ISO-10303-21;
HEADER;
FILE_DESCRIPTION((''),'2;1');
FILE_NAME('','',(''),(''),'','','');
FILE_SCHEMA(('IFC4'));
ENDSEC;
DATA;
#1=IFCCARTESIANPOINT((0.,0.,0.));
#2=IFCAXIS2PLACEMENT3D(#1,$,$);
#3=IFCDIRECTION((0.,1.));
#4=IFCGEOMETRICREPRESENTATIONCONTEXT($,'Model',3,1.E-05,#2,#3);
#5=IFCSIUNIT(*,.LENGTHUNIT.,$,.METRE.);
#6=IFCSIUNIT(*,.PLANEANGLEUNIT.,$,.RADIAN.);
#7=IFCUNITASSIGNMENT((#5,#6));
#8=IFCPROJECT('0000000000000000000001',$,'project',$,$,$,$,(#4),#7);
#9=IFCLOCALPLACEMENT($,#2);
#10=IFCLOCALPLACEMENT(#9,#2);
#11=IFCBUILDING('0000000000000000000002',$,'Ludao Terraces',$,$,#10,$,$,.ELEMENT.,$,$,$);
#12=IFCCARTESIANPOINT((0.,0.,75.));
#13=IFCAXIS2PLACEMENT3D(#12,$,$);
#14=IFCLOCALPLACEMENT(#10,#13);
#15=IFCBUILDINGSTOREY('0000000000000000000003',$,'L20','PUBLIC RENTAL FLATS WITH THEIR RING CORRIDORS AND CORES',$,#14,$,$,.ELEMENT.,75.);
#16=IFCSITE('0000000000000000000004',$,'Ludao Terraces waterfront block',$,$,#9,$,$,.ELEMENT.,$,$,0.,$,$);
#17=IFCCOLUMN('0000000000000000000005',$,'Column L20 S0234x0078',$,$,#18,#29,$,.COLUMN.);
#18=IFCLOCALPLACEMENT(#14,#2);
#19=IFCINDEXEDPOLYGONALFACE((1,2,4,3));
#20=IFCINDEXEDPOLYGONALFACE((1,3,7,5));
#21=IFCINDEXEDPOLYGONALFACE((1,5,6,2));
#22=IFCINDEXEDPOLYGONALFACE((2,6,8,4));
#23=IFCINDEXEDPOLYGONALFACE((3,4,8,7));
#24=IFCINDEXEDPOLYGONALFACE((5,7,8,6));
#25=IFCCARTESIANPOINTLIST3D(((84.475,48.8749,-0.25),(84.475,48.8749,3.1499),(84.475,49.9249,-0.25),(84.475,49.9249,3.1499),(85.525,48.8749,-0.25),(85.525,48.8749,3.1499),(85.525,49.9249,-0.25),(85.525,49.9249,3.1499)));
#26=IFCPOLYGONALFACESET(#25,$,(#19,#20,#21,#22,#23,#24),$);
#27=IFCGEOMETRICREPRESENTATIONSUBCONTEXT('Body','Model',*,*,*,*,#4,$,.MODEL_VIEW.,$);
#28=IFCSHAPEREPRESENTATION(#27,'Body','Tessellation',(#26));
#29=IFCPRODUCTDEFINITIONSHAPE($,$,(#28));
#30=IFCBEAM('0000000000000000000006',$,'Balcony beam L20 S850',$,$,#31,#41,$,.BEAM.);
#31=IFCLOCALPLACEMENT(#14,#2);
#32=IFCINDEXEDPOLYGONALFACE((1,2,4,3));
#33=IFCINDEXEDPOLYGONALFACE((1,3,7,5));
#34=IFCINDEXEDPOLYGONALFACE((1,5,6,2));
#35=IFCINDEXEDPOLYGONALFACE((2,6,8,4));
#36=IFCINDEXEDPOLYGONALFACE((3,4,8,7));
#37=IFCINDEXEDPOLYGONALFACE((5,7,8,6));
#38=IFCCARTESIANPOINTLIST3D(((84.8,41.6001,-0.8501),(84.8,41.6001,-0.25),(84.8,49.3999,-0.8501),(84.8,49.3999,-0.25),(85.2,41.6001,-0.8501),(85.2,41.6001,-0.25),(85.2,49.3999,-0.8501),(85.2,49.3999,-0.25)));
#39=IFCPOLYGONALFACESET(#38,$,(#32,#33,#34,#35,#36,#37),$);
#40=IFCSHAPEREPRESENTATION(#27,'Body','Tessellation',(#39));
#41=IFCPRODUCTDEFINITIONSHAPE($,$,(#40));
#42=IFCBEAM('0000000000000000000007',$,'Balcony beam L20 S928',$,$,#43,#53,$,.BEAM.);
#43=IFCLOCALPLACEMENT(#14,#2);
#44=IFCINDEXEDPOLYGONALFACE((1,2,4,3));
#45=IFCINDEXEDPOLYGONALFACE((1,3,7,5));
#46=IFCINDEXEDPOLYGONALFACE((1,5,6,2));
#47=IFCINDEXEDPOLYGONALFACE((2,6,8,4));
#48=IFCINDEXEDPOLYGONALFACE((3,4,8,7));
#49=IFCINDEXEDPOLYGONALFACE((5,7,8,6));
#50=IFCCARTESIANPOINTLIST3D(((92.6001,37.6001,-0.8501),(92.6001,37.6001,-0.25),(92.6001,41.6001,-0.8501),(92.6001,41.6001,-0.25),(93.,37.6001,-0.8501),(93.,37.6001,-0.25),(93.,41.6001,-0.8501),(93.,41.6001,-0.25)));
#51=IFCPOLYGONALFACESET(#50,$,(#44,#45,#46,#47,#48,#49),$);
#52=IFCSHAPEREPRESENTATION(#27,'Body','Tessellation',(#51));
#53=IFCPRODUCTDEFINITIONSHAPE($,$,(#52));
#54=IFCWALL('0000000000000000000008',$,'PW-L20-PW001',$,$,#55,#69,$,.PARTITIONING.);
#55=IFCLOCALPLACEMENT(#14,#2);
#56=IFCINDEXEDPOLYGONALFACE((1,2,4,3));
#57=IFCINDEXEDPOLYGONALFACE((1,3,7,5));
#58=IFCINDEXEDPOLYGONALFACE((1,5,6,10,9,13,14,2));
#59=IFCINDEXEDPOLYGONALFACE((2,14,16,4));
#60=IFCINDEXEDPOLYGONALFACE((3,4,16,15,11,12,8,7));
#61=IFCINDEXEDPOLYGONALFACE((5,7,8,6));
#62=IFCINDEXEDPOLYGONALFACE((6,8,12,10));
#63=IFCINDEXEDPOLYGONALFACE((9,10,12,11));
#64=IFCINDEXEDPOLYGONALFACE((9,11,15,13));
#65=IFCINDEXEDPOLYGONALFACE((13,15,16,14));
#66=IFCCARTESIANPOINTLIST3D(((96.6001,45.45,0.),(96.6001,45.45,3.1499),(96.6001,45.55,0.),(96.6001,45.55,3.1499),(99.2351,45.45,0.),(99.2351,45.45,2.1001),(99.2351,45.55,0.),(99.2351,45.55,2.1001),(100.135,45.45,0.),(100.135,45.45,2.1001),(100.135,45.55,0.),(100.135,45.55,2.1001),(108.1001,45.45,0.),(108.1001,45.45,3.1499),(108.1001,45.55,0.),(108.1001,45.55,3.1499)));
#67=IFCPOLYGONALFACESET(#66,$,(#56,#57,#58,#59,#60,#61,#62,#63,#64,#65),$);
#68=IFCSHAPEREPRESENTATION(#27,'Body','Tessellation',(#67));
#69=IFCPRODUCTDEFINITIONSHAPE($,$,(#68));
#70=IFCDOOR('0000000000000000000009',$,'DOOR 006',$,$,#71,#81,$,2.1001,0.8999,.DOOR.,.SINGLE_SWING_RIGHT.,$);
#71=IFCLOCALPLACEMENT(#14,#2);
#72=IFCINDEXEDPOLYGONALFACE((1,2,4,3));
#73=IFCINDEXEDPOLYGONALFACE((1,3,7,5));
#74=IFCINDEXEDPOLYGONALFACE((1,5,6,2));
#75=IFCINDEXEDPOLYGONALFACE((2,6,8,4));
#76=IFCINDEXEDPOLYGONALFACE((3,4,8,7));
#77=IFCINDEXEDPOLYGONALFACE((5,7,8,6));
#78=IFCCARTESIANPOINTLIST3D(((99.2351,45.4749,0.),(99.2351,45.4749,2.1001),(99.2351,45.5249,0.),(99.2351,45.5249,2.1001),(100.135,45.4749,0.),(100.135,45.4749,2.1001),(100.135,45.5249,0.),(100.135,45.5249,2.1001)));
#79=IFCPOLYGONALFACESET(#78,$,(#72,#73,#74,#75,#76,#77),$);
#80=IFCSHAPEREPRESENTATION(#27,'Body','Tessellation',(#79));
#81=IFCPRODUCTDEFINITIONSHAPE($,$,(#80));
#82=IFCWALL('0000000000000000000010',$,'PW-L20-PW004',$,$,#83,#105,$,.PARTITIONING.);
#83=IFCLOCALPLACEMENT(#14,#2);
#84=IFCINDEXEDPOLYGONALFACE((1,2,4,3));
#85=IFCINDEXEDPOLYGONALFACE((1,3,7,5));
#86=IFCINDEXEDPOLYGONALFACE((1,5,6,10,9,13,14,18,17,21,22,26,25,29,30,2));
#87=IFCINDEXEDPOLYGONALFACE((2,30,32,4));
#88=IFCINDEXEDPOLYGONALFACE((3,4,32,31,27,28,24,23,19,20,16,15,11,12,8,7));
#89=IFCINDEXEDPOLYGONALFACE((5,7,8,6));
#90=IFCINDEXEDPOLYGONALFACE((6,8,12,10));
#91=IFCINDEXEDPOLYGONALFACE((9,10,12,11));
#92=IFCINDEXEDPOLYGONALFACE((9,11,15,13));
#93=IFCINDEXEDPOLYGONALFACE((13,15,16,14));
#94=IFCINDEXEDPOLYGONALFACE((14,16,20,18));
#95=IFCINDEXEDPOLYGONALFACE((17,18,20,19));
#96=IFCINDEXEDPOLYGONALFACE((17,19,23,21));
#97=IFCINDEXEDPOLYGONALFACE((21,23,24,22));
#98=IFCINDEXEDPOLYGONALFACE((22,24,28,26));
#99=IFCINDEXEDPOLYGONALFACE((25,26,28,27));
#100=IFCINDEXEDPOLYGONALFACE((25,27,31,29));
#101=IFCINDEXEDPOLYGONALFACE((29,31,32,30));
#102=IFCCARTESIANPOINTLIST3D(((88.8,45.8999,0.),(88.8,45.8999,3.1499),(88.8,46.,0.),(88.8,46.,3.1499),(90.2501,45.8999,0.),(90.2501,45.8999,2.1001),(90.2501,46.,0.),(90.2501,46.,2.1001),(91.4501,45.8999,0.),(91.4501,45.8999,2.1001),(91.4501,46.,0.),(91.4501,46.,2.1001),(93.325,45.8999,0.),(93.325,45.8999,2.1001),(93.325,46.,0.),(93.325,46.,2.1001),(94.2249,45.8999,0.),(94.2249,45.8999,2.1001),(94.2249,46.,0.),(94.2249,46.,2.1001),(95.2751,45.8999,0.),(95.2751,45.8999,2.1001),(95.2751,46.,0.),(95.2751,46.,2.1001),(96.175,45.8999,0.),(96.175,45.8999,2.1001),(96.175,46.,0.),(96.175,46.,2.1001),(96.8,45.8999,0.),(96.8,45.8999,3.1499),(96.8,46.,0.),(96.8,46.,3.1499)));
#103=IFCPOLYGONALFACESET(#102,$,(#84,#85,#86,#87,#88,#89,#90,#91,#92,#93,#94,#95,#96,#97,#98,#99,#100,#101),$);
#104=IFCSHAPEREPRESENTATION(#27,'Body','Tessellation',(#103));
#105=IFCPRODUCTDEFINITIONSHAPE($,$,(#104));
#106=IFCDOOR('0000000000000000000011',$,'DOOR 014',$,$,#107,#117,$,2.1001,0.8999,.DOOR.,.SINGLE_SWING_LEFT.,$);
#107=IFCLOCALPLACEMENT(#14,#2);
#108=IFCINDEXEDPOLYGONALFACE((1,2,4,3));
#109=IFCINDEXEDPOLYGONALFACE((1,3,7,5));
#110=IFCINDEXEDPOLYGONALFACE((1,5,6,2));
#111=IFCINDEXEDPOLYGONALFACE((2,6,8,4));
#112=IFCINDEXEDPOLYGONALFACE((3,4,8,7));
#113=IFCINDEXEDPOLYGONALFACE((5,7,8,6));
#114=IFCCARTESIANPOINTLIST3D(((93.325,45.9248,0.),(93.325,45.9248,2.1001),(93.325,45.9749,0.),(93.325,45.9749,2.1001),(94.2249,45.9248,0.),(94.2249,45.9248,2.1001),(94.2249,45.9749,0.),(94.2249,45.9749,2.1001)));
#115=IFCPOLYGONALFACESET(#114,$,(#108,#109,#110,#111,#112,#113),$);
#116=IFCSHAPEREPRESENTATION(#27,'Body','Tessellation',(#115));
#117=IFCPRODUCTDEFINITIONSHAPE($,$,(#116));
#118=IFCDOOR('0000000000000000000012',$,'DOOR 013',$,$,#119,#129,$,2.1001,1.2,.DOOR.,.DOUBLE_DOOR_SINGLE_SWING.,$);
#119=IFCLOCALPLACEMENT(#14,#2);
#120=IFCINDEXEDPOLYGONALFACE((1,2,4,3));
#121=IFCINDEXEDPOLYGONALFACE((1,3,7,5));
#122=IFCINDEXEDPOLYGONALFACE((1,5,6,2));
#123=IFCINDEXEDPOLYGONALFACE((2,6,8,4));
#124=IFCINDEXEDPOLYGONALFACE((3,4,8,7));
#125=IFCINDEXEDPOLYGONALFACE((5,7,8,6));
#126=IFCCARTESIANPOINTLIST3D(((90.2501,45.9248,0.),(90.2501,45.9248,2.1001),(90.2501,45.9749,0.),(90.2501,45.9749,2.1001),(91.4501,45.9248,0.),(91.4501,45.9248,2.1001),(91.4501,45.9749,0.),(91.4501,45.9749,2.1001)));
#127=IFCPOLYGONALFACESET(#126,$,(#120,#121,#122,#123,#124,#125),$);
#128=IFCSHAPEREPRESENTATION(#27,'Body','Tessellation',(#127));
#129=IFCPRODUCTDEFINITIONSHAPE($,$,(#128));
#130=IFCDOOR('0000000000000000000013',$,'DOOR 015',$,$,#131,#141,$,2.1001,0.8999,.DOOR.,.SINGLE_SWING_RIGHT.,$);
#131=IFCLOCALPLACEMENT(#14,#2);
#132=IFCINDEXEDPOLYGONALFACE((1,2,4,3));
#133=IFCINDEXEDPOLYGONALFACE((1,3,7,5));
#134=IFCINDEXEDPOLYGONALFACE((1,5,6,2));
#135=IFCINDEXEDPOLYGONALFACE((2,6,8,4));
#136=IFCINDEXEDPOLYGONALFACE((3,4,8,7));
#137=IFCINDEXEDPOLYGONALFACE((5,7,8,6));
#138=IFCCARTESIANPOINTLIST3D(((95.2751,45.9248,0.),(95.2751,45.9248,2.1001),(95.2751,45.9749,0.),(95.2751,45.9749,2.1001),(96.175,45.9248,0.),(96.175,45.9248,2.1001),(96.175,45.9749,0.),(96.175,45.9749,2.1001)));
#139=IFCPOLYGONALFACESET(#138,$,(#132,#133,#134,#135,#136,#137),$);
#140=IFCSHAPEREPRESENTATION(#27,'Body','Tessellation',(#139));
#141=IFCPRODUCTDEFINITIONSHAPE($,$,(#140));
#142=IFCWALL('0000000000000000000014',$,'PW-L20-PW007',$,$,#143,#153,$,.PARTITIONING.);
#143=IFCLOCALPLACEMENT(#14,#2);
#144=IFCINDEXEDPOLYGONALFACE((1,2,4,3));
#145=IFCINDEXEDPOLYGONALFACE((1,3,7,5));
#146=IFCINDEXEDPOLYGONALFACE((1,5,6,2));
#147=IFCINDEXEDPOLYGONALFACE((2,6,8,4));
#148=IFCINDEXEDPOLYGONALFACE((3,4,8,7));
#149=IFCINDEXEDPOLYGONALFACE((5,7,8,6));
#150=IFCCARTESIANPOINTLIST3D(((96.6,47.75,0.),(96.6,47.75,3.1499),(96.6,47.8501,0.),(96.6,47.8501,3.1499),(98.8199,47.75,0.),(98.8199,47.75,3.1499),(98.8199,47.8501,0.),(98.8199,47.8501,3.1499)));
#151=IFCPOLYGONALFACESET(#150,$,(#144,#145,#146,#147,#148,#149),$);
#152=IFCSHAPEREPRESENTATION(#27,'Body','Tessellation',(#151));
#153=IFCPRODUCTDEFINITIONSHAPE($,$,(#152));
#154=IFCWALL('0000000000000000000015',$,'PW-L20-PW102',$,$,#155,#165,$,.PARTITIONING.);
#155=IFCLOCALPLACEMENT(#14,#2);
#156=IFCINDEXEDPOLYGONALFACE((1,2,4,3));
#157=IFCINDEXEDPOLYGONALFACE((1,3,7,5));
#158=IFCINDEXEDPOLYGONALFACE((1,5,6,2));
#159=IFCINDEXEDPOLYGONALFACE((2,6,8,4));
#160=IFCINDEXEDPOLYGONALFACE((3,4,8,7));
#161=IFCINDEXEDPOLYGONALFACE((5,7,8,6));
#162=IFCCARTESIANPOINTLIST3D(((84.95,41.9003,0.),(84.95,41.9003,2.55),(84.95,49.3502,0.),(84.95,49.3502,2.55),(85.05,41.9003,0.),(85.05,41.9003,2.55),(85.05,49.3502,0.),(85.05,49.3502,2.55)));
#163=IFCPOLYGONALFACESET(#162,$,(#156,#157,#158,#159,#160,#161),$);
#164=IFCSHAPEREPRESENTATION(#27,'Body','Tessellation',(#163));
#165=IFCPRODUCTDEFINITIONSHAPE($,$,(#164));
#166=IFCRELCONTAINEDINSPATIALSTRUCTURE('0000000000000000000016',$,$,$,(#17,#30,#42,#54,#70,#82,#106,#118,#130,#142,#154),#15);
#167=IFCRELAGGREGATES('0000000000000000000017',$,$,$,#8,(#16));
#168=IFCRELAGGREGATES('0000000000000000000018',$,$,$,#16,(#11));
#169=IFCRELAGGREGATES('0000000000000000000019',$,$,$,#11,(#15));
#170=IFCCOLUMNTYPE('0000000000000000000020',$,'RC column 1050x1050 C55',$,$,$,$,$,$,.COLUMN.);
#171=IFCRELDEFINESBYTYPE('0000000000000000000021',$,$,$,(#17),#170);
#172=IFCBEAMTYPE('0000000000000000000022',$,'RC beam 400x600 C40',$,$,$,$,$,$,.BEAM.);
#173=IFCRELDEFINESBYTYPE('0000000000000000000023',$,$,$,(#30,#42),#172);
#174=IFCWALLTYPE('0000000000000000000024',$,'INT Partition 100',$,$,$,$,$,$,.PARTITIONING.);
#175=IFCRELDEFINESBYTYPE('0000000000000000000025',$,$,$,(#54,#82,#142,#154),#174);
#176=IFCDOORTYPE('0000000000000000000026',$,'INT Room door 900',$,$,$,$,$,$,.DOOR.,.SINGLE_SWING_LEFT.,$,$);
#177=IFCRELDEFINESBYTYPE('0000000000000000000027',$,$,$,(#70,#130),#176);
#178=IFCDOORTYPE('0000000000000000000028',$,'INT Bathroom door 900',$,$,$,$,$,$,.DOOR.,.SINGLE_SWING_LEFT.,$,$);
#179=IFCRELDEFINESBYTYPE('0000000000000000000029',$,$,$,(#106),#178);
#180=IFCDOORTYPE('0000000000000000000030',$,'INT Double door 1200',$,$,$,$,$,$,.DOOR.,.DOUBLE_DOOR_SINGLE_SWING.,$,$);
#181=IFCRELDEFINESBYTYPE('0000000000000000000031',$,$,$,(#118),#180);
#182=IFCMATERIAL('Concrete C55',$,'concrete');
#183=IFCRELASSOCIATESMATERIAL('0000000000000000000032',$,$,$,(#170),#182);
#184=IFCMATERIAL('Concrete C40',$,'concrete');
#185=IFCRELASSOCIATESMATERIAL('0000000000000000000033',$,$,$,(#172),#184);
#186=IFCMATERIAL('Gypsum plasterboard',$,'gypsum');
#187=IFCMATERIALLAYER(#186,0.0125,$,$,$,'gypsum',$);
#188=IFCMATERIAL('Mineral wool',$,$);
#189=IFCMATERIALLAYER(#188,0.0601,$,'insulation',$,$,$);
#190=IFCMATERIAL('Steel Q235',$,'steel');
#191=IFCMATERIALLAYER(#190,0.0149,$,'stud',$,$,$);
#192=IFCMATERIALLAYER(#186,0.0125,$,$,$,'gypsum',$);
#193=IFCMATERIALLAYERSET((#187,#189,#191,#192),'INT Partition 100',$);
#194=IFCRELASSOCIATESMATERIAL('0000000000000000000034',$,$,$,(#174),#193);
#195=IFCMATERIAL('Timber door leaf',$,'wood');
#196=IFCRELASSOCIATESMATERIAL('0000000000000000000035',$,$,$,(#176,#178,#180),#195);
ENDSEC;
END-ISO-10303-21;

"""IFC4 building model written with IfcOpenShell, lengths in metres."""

from ifc_helpers import new_model, si_unit, direction, frame, frame_2d, origin, origin_2d, place, context, subcontext, project, spatial, rectangle, extrude, material, layer, layer_set, material_profile, profile_set, type_object, element, fill, save


model = new_model("IFC4")

# Units and contexts
model_context = context("Model", 3, precision=1e-05, world=origin(), true_north=direction((0.0, 1.0)))
body_context = subcontext(model_context, "Body", "Model", "MODEL_VIEW")
ifc_project = project(units=[si_unit("LENGTHUNIT", "METRE"), si_unit("PLANEANGLEUNIT", "RADIAN")], contexts=[model_context])

# Site, building, storey
site_placement = place(None, origin())
site = spatial("IfcSite", under=ifc_project, at=site_placement, Name="Ludao Terraces waterfront block", CompositionType="ELEMENT", RefElevation=0.0)
building_placement = place(site_placement, origin())
building = spatial("IfcBuilding", under=site, at=building_placement, Name="Ludao Terraces", CompositionType="ELEMENT")
storey_placement = place(building_placement, frame((0.0, 0.0, 75.0)))
storey = spatial("IfcBuildingStorey", under=building, at=storey_placement, Name="L20", Description="PUBLIC RENTAL FLATS WITH THEIR RING CORRIDORS AND CORES", CompositionType="ELEMENT", Elevation=75.0)

# Column
ifc_material_1 = material(Name="Concrete C55", Category="concrete")
ifc_material_profile_1 = material_profile(ifc_material_1, rectangle(XDim=1.05, YDim=1.05, at=origin_2d()), Name="1050 X 1050")
ifc_profile_set_1 = profile_set([ifc_material_profile_1], Name="Concrete C55")
column_type = type_object("IfcColumnType", Name="RC column 1050x1050 C55", PredefinedType="COLUMN", material=ifc_profile_set_1)
column_placement = place(storey_placement, frame((85.0, 49.3999, -0.25), z_axis=(0.0, 0.0, 1.0), x_axis=(1.0, 0.0, 0.0)))
element("IfcColumn", 1, at=column_placement, inside=storey, type_object=column_type, Name="Column L20 S0234x0078", PredefinedType="COLUMN", context=body_context, shape_type="SweptSolid", body=[
    extrude(rectangle(XDim=1.05, YDim=1.05, at=origin_2d()), origin(), (0.0, 0.0, 1.0), 3.3999),
])

# Beams
ifc_material_2 = material(Name="Concrete C40", Category="concrete")
ifc_material_profile_2 = material_profile(ifc_material_2, rectangle(XDim=0.3999, YDim=0.6001, at=origin_2d()), Name="400 X 600")
ifc_profile_set_2 = profile_set([ifc_material_profile_2], Name="Concrete C40")
beam_type = type_object("IfcBeamType", Name="RC beam 400x600 C40", PredefinedType="BEAM", material=ifc_profile_set_2)
beam_1_placement = place(storey_placement, frame((85.0, 49.3999, -0.55), z_axis=(0.0, -1.0, 0.0), x_axis=(1.0, 0.0, 0.0)))
element("IfcBeam", 2, at=beam_1_placement, inside=storey, type_object=beam_type, Name="Balcony beam L20 S850", PredefinedType="BEAM", context=body_context, shape_type="SweptSolid", body=[
    extrude(rectangle(XDim=0.3999, YDim=0.6001, at=origin_2d()), origin(), (0.0, 0.0, 1.0), 7.7998),
])
beam_2_placement = place(storey_placement, frame((92.8, 41.6001, -0.55), z_axis=(0.0, -1.0, 0.0), x_axis=(1.0, 0.0, 0.0)))
element("IfcBeam", 3, at=beam_2_placement, inside=storey, type_object=beam_type, Name="Balcony beam L20 S928", PredefinedType="BEAM", context=body_context, shape_type="SweptSolid", body=[
    extrude(rectangle(XDim=0.3999, YDim=0.6001, at=origin_2d()), origin(), (0.0, 0.0, 1.0), 4.0),
])

# Shared definitions
ifc_material_3 = material(Name="Mineral wool")

# Wall, opening, door
ifc_material_4 = material(Name="Gypsum plasterboard", Category="gypsum")
ifc_layer_1 = layer(ifc_material_4, 0.0125, Category="gypsum")
ifc_layer_2 = layer(ifc_material_3, 0.0601, Name="insulation")
ifc_material_5 = material(Name="Steel Q235", Category="steel")
ifc_layer_3 = layer(ifc_material_5, 0.0149, Name="stud")
ifc_layer_4 = layer(ifc_material_4, 0.0125, Category="gypsum")
ifc_layer_set_1 = layer_set([ifc_layer_1, ifc_layer_2, ifc_layer_3, ifc_layer_4], Name="INT Partition 100")
wall_type_1 = type_object("IfcWallType", Name="INT Partition 100", PredefinedType="PARTITIONING", material=ifc_layer_set_1)
wall_1_placement = place(storey_placement, frame((96.6001, 45.5, 0.0), z_axis=(0.0, 0.0, 1.0), x_axis=(1.0, 0.0, 0.0)))
wall_1 = element("IfcWall", 4, at=wall_1_placement, inside=storey, type_object=wall_type_1, Name="PW-L20-PW001", PredefinedType="PARTITIONING", context=body_context, shape_type="SweptSolid", body=[
    extrude(rectangle(XDim=11.5, YDim=0.1001, at=frame_2d((5.75, 0.0))), origin(), (0.0, 0.0, 1.0), 3.1499),
])
opening_1_placement = place(wall_1_placement, frame((2.635, 0.0, 0.0)))
opening_1 = element("IfcOpeningElement", 5, at=opening_1_placement, cuts=wall_1, PredefinedType="OPENING", context=body_context, shape_type="SweptSolid", body=[
    extrude(rectangle(XDim=0.8999, YDim=2.1001, at=frame_2d((0.45, 1.05))), frame((0.0, 0.0601, 0.0), z_axis=(0.0, -1.0, 0.0), x_axis=(1.0, 0.0, 0.0)), (0.0, 0.0, 1.0), 0.1201),
])
ifc_material_6 = material(Name="Timber door leaf", Category="wood")
door_type_1 = type_object("IfcDoorType", Name="INT Room door 900", OperationType="SINGLE_SWING_LEFT", PredefinedType="DOOR", material=ifc_material_6)
door_1_placement = place(opening_1_placement, origin())
door_1 = element("IfcDoor", 6, at=door_1_placement, inside=storey, type_object=door_type_1, Name="DOOR 006", OperationType="SINGLE_SWING_RIGHT", OverallHeight=2.1001, OverallWidth=0.8999, PredefinedType="DOOR", context=body_context, shape_type="SweptSolid", body=[
    extrude(rectangle(XDim=0.8999, YDim=2.1001, at=frame_2d((0.45, 1.05))), frame((0.0, 0.0249, 0.0), z_axis=(0.0, -1.0, 0.0), x_axis=(1.0, 0.0, 0.0)), (0.0, 0.0, 1.0), 0.05),
])
fill(opening_1, door_1)

# Wall, openings, doors
wall_2_placement = place(storey_placement, frame((88.8, 45.95, 0.0), z_axis=(0.0, 0.0, 1.0), x_axis=(1.0, 0.0, 0.0)))
wall_2 = element("IfcWall", 7, at=wall_2_placement, inside=storey, type_object=wall_type_1, Name="PW-L20-PW004", PredefinedType="PARTITIONING", context=body_context, shape_type="SweptSolid", body=[
    extrude(rectangle(XDim=8.0, YDim=0.1001, at=frame_2d((4.0, 0.0))), origin(), (0.0, 0.0, 1.0), 3.1499),
])
opening_2_placement = place(wall_2_placement, frame((1.45, 0.0, 0.0)))
opening_2 = element("IfcOpeningElement", 8, at=opening_2_placement, cuts=wall_2, PredefinedType="OPENING", context=body_context, shape_type="SweptSolid", body=[
    extrude(rectangle(XDim=1.2, YDim=2.1001, at=frame_2d((0.6001, 1.05))), frame((0.0, 0.0601, 0.0), z_axis=(0.0, -1.0, 0.0), x_axis=(1.0, 0.0, 0.0)), (0.0, 0.0, 1.0), 0.1201),
])
opening_3_placement = place(wall_2_placement, frame((4.5249, 0.0, 0.0)))
opening_3 = element("IfcOpeningElement", 9, at=opening_3_placement, cuts=wall_2, PredefinedType="OPENING", context=body_context, shape_type="SweptSolid", body=[
    extrude(rectangle(XDim=0.8999, YDim=2.1001, at=frame_2d((0.45, 1.05))), frame((0.0, 0.0601, 0.0), z_axis=(0.0, -1.0, 0.0), x_axis=(1.0, 0.0, 0.0)), (0.0, 0.0, 1.0), 0.1201),
])
opening_4_placement = place(wall_2_placement, frame((6.4751, 0.0, 0.0)))
opening_4 = element("IfcOpeningElement", 10, at=opening_4_placement, cuts=wall_2, PredefinedType="OPENING", context=body_context, shape_type="SweptSolid", body=[
    extrude(rectangle(XDim=0.8999, YDim=2.1001, at=frame_2d((0.45, 1.05))), frame((0.0, 0.0601, 0.0), z_axis=(0.0, -1.0, 0.0), x_axis=(1.0, 0.0, 0.0)), (0.0, 0.0, 1.0), 0.1201),
])
door_type_2 = type_object("IfcDoorType", Name="INT Bathroom door 900", OperationType="SINGLE_SWING_LEFT", PredefinedType="DOOR", material=ifc_material_6)
door_2_placement = place(opening_3_placement, origin())
door_2 = element("IfcDoor", 11, at=door_2_placement, inside=storey, type_object=door_type_2, Name="DOOR 014", OperationType="SINGLE_SWING_LEFT", OverallHeight=2.1001, OverallWidth=0.8999, PredefinedType="DOOR", context=body_context, shape_type="SweptSolid", body=[
    extrude(rectangle(XDim=0.8999, YDim=2.1001, at=frame_2d((0.45, 1.05))), frame((0.0, 0.0249, 0.0), z_axis=(0.0, -1.0, 0.0), x_axis=(1.0, 0.0, 0.0)), (0.0, 0.0, 1.0), 0.05),
])
fill(opening_3, door_2)
door_type_3 = type_object("IfcDoorType", Name="INT Double door 1200", OperationType="DOUBLE_DOOR_SINGLE_SWING", PredefinedType="DOOR", material=ifc_material_6)
door_3_placement = place(opening_2_placement, origin())
door_3 = element("IfcDoor", 12, at=door_3_placement, inside=storey, type_object=door_type_3, Name="DOOR 013", OperationType="DOUBLE_DOOR_SINGLE_SWING", OverallHeight=2.1001, OverallWidth=1.2, PredefinedType="DOOR", context=body_context, shape_type="SweptSolid", body=[
    extrude(rectangle(XDim=1.2, YDim=2.1001, at=frame_2d((0.6001, 1.05))), frame((0.0, 0.0249, 0.0), z_axis=(0.0, -1.0, 0.0), x_axis=(1.0, 0.0, 0.0)), (0.0, 0.0, 1.0), 0.05),
])
fill(opening_2, door_3)
door_4_placement = place(opening_4_placement, origin())
door_4 = element("IfcDoor", 13, at=door_4_placement, inside=storey, type_object=door_type_1, Name="DOOR 015", OperationType="SINGLE_SWING_RIGHT", OverallHeight=2.1001, OverallWidth=0.8999, PredefinedType="DOOR", context=body_context, shape_type="SweptSolid", body=[
    extrude(rectangle(XDim=0.8999, YDim=2.1001, at=frame_2d((0.45, 1.05))), frame((0.0, 0.0249, 0.0), z_axis=(0.0, -1.0, 0.0), x_axis=(1.0, 0.0, 0.0)), (0.0, 0.0, 1.0), 0.05),
])
fill(opening_4, door_4)

# Walls
wall_3_placement = place(storey_placement, frame((96.6001, 47.8, 0.0), z_axis=(0.0, 0.0, 1.0), x_axis=(1.0, 0.0, 0.0)))
element("IfcWall", 14, at=wall_3_placement, inside=storey, type_object=wall_type_1, Name="PW-L20-PW007", PredefinedType="PARTITIONING", context=body_context, shape_type="SweptSolid", body=[
    extrude(rectangle(XDim=2.22, YDim=0.1001, at=frame_2d((1.1099, 0.0))), origin(), (0.0, 0.0, 1.0), 3.1499),
])
wall_4_placement = place(storey_placement, frame((85.0, 41.9001, 0.0), z_axis=(0.0, 0.0, 1.0), x_axis=(0.0, 1.0, 0.0)))
element("IfcWall", 15, at=wall_4_placement, inside=storey, type_object=wall_type_1, Name="PW-L20-PW102", PredefinedType="PARTITIONING", context=body_context, shape_type="SweptSolid", body=[
    extrude(rectangle(XDim=7.45, YDim=0.1001, at=frame_2d((3.7251, 0.0))), origin(), (0.0, 0.0, 1.0), 2.55),
])

save(model, "model.ifc")
